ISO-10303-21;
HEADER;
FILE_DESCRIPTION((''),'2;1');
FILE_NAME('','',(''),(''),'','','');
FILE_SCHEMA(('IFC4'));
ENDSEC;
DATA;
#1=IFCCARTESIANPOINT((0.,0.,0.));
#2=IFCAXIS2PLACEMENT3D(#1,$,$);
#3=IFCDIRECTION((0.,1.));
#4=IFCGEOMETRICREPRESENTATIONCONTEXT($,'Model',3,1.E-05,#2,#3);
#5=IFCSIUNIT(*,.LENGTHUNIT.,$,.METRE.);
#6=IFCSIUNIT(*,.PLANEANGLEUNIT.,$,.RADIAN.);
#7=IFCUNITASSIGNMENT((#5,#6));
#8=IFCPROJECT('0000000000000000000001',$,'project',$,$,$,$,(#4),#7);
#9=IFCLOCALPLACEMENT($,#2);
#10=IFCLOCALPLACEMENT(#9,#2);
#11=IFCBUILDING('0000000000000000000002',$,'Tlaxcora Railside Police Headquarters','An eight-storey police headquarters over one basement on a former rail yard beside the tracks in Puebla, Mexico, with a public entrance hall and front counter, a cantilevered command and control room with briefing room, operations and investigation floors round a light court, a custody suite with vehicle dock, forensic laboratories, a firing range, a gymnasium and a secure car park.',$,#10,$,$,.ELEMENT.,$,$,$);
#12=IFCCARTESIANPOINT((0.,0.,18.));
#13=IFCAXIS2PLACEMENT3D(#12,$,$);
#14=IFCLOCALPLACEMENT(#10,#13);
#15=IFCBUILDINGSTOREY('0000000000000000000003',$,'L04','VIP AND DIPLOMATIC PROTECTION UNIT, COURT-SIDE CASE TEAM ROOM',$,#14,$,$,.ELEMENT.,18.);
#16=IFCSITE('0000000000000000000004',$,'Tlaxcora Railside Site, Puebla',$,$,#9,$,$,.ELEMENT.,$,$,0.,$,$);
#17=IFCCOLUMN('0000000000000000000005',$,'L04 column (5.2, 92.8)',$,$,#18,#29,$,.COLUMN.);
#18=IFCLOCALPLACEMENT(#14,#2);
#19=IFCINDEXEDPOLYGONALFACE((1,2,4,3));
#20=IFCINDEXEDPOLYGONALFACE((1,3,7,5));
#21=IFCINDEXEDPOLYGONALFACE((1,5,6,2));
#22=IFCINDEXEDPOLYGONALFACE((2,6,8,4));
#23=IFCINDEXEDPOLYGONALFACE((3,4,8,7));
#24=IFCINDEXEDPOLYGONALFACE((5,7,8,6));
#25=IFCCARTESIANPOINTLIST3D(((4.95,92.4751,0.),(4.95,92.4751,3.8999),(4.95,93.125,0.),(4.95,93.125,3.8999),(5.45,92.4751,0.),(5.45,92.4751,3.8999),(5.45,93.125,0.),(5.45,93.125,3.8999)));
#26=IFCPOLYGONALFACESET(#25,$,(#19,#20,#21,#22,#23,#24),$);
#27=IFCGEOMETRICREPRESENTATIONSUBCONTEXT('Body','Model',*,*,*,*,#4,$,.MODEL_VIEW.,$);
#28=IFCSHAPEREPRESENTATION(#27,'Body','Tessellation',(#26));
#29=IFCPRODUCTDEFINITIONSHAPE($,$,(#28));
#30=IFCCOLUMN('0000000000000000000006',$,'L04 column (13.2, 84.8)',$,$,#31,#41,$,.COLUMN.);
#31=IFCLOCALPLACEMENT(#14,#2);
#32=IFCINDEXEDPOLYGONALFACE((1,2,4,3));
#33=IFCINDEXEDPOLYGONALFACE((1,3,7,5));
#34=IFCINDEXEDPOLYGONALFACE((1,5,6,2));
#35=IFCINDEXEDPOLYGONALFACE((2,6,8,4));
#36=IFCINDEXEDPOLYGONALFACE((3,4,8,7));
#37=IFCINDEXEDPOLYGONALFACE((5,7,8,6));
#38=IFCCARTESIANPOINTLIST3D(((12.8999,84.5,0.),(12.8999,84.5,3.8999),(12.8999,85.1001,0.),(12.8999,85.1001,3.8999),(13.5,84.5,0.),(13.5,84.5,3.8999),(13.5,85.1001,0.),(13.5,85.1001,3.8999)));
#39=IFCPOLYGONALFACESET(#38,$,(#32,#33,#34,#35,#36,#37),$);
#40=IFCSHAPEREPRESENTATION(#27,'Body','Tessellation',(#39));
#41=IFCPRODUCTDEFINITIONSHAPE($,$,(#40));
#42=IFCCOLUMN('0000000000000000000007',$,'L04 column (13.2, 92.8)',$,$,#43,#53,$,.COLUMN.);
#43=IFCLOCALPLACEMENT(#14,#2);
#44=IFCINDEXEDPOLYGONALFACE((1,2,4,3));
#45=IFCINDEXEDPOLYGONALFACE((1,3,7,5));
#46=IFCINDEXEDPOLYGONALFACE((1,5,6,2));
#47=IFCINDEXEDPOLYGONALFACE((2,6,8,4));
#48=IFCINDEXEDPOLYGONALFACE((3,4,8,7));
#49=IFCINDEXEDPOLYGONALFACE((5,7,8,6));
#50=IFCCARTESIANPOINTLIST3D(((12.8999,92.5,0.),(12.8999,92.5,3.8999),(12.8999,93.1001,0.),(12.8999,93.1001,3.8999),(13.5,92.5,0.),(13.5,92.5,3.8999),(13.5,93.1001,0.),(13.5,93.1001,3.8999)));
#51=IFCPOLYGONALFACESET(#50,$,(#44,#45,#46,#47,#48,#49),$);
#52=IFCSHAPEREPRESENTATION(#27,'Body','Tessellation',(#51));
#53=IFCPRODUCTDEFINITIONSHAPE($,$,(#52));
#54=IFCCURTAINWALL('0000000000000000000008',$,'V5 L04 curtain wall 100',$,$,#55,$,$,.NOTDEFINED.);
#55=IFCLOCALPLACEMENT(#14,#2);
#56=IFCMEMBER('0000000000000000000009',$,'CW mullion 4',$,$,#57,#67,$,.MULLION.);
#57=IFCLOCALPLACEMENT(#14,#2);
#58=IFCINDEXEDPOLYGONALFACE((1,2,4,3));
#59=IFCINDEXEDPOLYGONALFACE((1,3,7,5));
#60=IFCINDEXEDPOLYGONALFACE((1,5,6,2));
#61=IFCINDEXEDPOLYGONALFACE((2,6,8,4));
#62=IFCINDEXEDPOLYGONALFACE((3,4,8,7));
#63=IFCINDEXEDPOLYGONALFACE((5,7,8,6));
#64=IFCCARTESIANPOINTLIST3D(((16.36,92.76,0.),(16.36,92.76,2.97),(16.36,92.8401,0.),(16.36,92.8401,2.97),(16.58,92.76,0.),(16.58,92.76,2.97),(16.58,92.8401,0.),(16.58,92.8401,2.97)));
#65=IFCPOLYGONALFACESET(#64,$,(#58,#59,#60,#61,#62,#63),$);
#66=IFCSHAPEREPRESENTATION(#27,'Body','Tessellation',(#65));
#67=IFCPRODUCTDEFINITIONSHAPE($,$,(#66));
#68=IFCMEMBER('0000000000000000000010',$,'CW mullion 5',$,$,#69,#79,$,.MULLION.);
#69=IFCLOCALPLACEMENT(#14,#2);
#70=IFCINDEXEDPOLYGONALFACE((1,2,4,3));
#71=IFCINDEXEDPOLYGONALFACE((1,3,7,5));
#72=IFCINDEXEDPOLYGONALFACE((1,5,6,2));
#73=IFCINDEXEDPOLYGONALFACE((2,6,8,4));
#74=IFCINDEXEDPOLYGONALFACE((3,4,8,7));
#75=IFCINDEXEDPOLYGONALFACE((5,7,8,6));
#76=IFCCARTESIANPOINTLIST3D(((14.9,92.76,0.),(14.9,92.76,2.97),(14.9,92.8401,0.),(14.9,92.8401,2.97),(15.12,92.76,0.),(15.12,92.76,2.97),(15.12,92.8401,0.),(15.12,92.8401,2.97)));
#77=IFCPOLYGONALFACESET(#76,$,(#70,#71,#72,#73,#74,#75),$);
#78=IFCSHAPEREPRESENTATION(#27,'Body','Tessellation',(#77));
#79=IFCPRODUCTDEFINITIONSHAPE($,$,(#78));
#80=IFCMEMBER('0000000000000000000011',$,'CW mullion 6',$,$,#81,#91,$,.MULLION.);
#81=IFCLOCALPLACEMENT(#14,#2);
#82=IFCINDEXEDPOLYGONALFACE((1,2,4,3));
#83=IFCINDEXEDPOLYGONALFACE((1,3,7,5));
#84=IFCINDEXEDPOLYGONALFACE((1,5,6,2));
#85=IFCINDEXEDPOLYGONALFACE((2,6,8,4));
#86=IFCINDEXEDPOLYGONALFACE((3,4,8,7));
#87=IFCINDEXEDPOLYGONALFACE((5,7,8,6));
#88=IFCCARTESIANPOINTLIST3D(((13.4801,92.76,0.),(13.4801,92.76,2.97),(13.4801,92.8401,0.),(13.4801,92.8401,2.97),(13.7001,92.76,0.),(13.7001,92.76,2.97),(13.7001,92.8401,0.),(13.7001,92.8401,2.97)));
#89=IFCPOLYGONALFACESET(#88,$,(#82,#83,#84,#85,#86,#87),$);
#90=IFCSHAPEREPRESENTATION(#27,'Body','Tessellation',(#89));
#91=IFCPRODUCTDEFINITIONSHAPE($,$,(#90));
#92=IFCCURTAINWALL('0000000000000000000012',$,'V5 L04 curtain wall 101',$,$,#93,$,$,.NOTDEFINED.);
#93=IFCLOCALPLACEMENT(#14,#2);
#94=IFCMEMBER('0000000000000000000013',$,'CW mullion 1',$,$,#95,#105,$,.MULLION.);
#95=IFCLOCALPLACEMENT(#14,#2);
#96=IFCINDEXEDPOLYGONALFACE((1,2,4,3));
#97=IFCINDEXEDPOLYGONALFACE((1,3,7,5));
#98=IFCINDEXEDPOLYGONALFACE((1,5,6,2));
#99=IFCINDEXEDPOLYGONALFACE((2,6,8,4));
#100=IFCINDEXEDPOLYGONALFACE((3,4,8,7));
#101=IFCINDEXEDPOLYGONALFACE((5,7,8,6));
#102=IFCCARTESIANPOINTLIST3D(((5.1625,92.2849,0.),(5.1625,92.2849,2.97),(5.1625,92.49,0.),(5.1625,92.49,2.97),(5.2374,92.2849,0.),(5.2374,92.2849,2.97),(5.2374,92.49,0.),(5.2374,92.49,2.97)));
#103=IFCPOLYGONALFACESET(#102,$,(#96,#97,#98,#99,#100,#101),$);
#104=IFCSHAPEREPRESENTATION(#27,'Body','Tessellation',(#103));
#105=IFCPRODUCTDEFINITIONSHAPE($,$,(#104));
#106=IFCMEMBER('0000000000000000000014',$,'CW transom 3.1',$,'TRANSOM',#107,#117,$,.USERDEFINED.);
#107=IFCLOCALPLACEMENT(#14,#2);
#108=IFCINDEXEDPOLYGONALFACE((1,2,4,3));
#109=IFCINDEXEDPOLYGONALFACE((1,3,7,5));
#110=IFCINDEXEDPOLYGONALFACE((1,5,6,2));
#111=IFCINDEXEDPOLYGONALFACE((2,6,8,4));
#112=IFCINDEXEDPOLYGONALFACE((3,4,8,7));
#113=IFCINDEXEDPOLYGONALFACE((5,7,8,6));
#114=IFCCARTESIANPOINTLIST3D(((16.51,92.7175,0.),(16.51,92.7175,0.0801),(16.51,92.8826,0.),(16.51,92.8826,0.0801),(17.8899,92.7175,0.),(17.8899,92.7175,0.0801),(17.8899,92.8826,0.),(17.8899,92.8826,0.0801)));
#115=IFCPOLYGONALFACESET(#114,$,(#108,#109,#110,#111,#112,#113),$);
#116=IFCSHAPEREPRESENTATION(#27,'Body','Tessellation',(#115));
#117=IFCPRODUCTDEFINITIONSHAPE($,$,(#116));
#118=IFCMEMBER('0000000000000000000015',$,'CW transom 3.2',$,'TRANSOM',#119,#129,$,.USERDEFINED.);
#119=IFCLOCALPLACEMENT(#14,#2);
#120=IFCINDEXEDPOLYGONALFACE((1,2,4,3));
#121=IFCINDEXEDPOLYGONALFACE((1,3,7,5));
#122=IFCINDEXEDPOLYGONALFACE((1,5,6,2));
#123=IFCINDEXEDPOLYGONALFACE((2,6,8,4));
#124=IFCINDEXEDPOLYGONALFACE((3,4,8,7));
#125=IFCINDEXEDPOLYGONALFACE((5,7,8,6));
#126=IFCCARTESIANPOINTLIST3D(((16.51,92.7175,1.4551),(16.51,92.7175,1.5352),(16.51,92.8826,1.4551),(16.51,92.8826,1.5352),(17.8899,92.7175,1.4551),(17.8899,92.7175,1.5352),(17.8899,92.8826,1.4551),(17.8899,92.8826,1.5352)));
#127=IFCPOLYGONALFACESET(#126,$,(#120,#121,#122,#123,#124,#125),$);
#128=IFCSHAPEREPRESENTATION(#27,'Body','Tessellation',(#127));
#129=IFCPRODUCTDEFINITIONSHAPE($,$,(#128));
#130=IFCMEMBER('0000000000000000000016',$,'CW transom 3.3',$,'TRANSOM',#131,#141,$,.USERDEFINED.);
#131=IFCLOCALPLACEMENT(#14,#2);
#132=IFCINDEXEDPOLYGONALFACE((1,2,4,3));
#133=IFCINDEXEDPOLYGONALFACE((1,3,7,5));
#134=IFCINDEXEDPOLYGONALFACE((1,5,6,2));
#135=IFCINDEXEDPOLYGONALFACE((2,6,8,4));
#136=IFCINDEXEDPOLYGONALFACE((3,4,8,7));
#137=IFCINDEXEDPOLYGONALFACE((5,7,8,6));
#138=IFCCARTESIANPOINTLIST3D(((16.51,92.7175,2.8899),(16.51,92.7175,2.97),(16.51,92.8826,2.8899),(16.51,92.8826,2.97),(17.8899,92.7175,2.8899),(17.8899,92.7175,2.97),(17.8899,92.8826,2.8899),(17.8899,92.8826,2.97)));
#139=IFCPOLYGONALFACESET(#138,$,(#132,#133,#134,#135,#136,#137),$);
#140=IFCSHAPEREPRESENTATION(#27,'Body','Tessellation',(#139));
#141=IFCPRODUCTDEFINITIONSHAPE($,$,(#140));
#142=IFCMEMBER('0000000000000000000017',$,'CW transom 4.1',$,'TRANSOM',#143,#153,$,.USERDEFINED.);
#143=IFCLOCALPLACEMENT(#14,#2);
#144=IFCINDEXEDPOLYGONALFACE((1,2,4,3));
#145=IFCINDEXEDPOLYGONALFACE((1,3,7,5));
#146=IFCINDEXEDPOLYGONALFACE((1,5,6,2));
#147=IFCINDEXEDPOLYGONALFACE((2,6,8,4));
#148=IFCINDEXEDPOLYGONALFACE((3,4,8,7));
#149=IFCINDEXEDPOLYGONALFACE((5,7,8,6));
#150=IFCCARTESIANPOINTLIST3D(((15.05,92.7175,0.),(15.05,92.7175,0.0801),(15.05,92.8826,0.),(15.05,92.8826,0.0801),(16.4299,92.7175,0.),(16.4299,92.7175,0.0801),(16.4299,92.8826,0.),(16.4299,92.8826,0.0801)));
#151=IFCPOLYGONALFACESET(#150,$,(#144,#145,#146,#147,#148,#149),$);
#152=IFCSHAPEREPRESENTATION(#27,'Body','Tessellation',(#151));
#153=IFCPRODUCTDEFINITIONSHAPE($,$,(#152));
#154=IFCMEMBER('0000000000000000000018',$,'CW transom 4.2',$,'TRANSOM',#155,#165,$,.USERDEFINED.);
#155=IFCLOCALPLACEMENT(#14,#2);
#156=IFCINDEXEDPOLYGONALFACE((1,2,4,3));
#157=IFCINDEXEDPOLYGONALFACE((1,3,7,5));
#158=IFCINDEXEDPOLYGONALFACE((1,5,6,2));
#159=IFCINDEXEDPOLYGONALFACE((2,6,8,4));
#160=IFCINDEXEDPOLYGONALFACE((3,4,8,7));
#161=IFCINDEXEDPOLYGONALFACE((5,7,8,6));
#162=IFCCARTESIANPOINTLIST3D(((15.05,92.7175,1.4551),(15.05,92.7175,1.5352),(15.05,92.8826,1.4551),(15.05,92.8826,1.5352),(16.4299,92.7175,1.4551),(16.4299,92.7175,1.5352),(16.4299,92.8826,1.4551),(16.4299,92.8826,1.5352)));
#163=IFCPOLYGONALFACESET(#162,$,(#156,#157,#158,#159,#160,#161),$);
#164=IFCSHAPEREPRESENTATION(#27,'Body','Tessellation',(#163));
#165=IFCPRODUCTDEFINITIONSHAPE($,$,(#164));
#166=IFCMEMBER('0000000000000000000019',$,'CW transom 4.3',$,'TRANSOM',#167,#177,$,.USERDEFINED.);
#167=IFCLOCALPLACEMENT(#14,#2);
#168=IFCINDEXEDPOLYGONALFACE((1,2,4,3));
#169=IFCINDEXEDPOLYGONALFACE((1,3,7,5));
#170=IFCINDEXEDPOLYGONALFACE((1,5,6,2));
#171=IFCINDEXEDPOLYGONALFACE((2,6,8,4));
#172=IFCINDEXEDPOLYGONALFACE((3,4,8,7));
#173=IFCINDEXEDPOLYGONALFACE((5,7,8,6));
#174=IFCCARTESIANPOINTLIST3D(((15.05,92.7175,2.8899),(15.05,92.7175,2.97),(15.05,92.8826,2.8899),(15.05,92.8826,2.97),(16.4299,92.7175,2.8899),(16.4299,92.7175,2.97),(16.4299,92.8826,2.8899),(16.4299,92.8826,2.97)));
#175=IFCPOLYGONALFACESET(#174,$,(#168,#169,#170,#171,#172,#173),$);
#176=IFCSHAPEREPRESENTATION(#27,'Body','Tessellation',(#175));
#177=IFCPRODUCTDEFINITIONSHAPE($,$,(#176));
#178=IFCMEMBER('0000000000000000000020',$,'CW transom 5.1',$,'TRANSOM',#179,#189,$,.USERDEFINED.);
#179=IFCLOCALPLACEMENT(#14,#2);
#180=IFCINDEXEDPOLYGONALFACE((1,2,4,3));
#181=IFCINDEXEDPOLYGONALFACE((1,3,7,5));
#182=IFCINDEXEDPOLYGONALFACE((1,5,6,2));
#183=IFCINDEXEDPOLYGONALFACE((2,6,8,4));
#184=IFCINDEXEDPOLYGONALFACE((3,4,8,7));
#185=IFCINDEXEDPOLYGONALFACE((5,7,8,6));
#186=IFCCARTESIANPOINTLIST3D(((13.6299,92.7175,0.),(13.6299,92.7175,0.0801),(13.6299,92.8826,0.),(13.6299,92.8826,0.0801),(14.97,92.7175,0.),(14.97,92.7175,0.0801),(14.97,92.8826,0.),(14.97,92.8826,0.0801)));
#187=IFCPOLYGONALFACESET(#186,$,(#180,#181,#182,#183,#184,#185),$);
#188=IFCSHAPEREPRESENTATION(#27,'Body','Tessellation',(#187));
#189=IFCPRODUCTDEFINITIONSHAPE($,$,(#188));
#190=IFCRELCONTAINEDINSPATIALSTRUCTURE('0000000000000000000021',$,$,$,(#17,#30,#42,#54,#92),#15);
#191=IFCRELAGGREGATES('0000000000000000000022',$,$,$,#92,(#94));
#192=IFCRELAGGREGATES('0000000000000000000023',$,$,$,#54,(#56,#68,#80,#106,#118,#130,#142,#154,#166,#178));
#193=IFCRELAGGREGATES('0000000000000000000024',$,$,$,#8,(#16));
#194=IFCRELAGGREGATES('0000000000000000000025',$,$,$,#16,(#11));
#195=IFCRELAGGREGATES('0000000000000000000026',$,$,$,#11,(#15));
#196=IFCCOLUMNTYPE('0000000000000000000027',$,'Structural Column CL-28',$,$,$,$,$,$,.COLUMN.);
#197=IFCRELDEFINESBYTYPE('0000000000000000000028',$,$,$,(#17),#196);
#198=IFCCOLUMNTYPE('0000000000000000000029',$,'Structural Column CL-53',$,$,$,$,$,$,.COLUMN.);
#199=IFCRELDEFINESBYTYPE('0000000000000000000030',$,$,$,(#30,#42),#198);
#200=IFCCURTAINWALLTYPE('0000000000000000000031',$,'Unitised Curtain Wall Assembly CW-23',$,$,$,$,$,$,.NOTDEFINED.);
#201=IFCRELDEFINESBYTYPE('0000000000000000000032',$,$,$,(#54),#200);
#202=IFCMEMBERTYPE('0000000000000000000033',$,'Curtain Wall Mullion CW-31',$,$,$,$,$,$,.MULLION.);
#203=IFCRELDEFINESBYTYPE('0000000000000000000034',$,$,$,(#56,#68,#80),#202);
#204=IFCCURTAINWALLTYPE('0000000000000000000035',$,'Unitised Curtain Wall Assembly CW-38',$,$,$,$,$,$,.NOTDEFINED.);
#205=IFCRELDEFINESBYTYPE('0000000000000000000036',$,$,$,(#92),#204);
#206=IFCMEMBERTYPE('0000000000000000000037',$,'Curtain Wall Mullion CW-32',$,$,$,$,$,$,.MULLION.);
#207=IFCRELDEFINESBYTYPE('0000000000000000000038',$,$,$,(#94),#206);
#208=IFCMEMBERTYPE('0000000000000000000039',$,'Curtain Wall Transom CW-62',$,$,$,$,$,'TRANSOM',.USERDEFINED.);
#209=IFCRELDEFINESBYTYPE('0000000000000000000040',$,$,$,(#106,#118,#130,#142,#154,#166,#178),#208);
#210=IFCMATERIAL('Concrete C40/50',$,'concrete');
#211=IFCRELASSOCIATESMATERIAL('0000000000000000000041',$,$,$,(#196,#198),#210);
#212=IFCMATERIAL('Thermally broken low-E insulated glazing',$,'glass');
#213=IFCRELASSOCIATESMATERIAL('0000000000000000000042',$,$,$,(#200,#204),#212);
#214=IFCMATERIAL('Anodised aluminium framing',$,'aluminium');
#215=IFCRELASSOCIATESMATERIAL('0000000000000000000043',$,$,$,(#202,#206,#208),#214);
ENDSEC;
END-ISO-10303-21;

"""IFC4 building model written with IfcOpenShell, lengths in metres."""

from ifc_helpers import new_model, si_unit, direction, frame, origin, origin_2d, place, context, subcontext, project, spatial, rectangle, extrude, material, material_profile, profile_set, type_object, element, aggregate, save


model = new_model("IFC4")

# Units and contexts
model_context = context("Model", 3, precision=1e-05, world=origin(), true_north=direction((0.0, 1.0)))
body_context = subcontext(model_context, "Body", "Model", "MODEL_VIEW")
ifc_project = project(units=[si_unit("LENGTHUNIT", "METRE"), si_unit("PLANEANGLEUNIT", "RADIAN")], contexts=[model_context])

# Site, building, storey
site_placement = place(None, origin())
site = spatial("IfcSite", under=ifc_project, at=site_placement, Name="Tlaxcora Railside Site, Puebla", CompositionType="ELEMENT", RefElevation=0.0)
building_placement = place(site_placement, origin())
building = spatial("IfcBuilding", under=site, at=building_placement, Name="Tlaxcora Railside Police Headquarters", Description="An eight-storey police headquarters over one basement on a former rail yard beside the tracks in Puebla, Mexico, with a public entrance hall and front counter, a cantilevered command and control room with briefing room, operations and investigation floors round a light court, a custody suite with vehicle dock, forensic laboratories, a firing range, a gymnasium and a secure car park.", CompositionType="ELEMENT")
storey_placement = place(building_placement, frame((0.0, 0.0, 18.0)))
storey = spatial("IfcBuildingStorey", under=building, at=storey_placement, Name="L04", Description="VIP AND DIPLOMATIC PROTECTION UNIT, COURT-SIDE CASE TEAM ROOM", CompositionType="ELEMENT", Elevation=18.0)

# Columns
ifc_material_1 = material(Name="Concrete C40/50", Category="concrete")
ifc_material_profile_1 = material_profile(ifc_material_1, rectangle(XDim=0.5, YDim=0.6499, at=origin_2d()), Name="RC500X650")
ifc_profile_set_1 = profile_set([ifc_material_profile_1], Name="Concrete C40/50")
column_type_1 = type_object("IfcColumnType", Name="Structural Column CL-28", PredefinedType="COLUMN", material=ifc_profile_set_1)
column_placement = place(storey_placement, frame((5.2, 92.8, 0.0), z_axis=(0.0, 0.0, 1.0), x_axis=(1.0, 0.0, 0.0)))
element("IfcColumn", 1, at=column_placement, inside=storey, type_object=column_type_1, Name="L04 column (5.2, 92.8)", PredefinedType="COLUMN", context=body_context, shape_type="SweptSolid", body=[
    extrude(rectangle(XDim=0.5, YDim=0.6499, at=origin_2d()), origin(), (0.0, 0.0, 1.0), 3.8999),
])
ifc_material_profile_2 = material_profile(ifc_material_1, rectangle(XDim=0.6001, YDim=0.6001, at=origin_2d()), Name="RC600X600")
ifc_profile_set_2 = profile_set([ifc_material_profile_2], Name="Concrete C40/50")
column_type_2 = type_object("IfcColumnType", Name="Structural Column CL-53", PredefinedType="COLUMN", material=ifc_profile_set_2)
for number, where, z_axis, x_axis, name in (
    (2, (13.2, 84.8, 0.0), (0.0, 0.0, 1.0), (1.0, 0.0, 0.0), "L04 column (13.2, 84.8)"),
    (3, (13.2, 92.8, 0.0), (0.0, 0.0, 1.0), (1.0, 0.0, 0.0), "L04 column (13.2, 92.8)"),
):
    element("IfcColumn", number, at=place(storey_placement, frame(where, z_axis=z_axis, x_axis=x_axis)), inside=storey, type_object=column_type_2, Name=name, PredefinedType="COLUMN", context=body_context, shape_type="SweptSolid", body=[
        extrude(rectangle(XDim=0.6001, YDim=0.6001, at=origin_2d()), origin(), (0.0, 0.0, 1.0), 3.8999),
    ])

# Curtain wall, members
ifc_material_2 = material(Name="Thermally broken low-E insulated glazing", Category="glass")
curtain_wall_type_1 = type_object("IfcCurtainWallType", Name="Unitised Curtain Wall Assembly CW-23", PredefinedType="NOTDEFINED", material=ifc_material_2)
curtain_wall_1_placement = place(storey_placement, origin())
curtain_wall_1 = element("IfcCurtainWall", 4, at=curtain_wall_1_placement, inside=storey, type_object=curtain_wall_type_1, Name="V5 L04 curtain wall 100", PredefinedType="NOTDEFINED")
ifc_material_3 = material(Name="Anodised aluminium framing", Category="aluminium")
ifc_material_profile_3 = material_profile(ifc_material_3, rectangle(XDim=0.0801, YDim=0.22, at=origin_2d()), Name="AL80X220")
ifc_profile_set_3 = profile_set([ifc_material_profile_3], Name="Anodised aluminium framing")
member_type_1 = type_object("IfcMemberType", Name="Curtain Wall Mullion CW-31", PredefinedType="MULLION", material=ifc_profile_set_3)
member_1_placement = place(storey_placement, frame((16.47, 92.8, 0.0), z_axis=(0.0, 0.0, 1.0), x_axis=(0.0, -1.0, 0.0)))
member_1 = element("IfcMember", 5, at=member_1_placement, type_object=member_type_1, Name="CW mullion 4", PredefinedType="MULLION", context=body_context, shape_type="SweptSolid", body=[
    extrude(rectangle(XDim=0.0801, YDim=0.22, at=origin_2d()), origin(), (0.0, 0.0, 1.0), 2.97),
])
member_2_placement = place(storey_placement, frame((15.01, 92.8, 0.0), z_axis=(0.0, 0.0, 1.0), x_axis=(0.0, -1.0, 0.0)))
member_2 = element("IfcMember", 6, at=member_2_placement, type_object=member_type_1, Name="CW mullion 5", PredefinedType="MULLION", context=body_context, shape_type="SweptSolid", body=[
    extrude(rectangle(XDim=0.0801, YDim=0.22, at=origin_2d()), origin(), (0.0, 0.0, 1.0), 2.97),
])
member_3_placement = place(storey_placement, frame((13.5901, 92.8, 0.0), z_axis=(0.0, 0.0, 1.0), x_axis=(0.0, -1.0, 0.0)))
member_3 = element("IfcMember", 7, at=member_3_placement, type_object=member_type_1, Name="CW mullion 6", PredefinedType="MULLION", context=body_context, shape_type="SweptSolid", body=[
    extrude(rectangle(XDim=0.0801, YDim=0.22, at=origin_2d()), origin(), (0.0, 0.0, 1.0), 2.97),
])

# Curtain wall, member
curtain_wall_type_2 = type_object("IfcCurtainWallType", Name="Unitised Curtain Wall Assembly CW-38", PredefinedType="NOTDEFINED", material=ifc_material_2)
curtain_wall_2_placement = place(storey_placement, origin())
curtain_wall_2 = element("IfcCurtainWall", 8, at=curtain_wall_2_placement, inside=storey, type_object=curtain_wall_type_2, Name="V5 L04 curtain wall 101", PredefinedType="NOTDEFINED")
ifc_material_profile_4 = material_profile(ifc_material_3, rectangle(XDim=0.075, YDim=0.2051, at=origin_2d()), Name="AL75X205")
ifc_profile_set_4 = profile_set([ifc_material_profile_4], Name="Anodised aluminium framing")
member_type_2 = type_object("IfcMemberType", Name="Curtain Wall Mullion CW-32", PredefinedType="MULLION", material=ifc_profile_set_4)
member_4_placement = place(storey_placement, frame((5.2, 92.3875, 0.0), z_axis=(0.0, 0.0, 1.0), x_axis=(1.0, 0.0, 0.0)))
member_4 = element("IfcMember", 9, at=member_4_placement, type_object=member_type_2, Name="CW mullion 1", PredefinedType="MULLION", context=body_context, shape_type="SweptSolid", body=[
    extrude(rectangle(XDim=0.075, YDim=0.2051, at=origin_2d()), origin(), (0.0, 0.0, 1.0), 2.97),
])
aggregate(curtain_wall_2, [member_4])

# Members
ifc_material_profile_5 = material_profile(ifc_material_3, rectangle(XDim=0.165, YDim=0.0801, at=origin_2d()), Name="AL80X165")
ifc_profile_set_5 = profile_set([ifc_material_profile_5], Name="Anodised aluminium framing")
member_type_3 = type_object("IfcMemberType", Name="Curtain Wall Transom CW-62", ElementType="TRANSOM", PredefinedType="USERDEFINED", material=ifc_profile_set_5)
member_5_placement = place(storey_placement, frame((17.8899, 92.8, 0.04), z_axis=(-1.0, 0.0, 0.0), x_axis=(0.0, -1.0, 0.0)))
member_5 = element("IfcMember", 10, at=member_5_placement, type_object=member_type_3, Name="CW transom 3.1", ObjectType="TRANSOM", PredefinedType="USERDEFINED", context=body_context, shape_type="SweptSolid", body=[
    extrude(rectangle(XDim=0.165, YDim=0.0801, at=origin_2d()), origin(), (0.0, 0.0, 1.0), 1.3799),
])
member_6_placement = place(storey_placement, frame((17.8899, 92.8, 1.4951), z_axis=(-1.0, 0.0, 0.0), x_axis=(0.0, -1.0, 0.0)))
member_6 = element("IfcMember", 11, at=member_6_placement, type_object=member_type_3, Name="CW transom 3.2", ObjectType="TRANSOM", PredefinedType="USERDEFINED", context=body_context, shape_type="SweptSolid", body=[
    extrude(rectangle(XDim=0.165, YDim=0.0801, at=origin_2d()), origin(), (0.0, 0.0, 1.0), 1.3799),
])
member_7_placement = place(storey_placement, frame((17.8899, 92.8, 2.9299), z_axis=(-1.0, 0.0, 0.0), x_axis=(0.0, -1.0, 0.0)))
member_7 = element("IfcMember", 12, at=member_7_placement, type_object=member_type_3, Name="CW transom 3.3", ObjectType="TRANSOM", PredefinedType="USERDEFINED", context=body_context, shape_type="SweptSolid", body=[
    extrude(rectangle(XDim=0.165, YDim=0.0801, at=origin_2d()), origin(), (0.0, 0.0, 1.0), 1.3799),
])
member_8_placement = place(storey_placement, frame((16.4299, 92.8, 0.04), z_axis=(-1.0, 0.0, 0.0), x_axis=(0.0, -1.0, 0.0)))
member_8 = element("IfcMember", 13, at=member_8_placement, type_object=member_type_3, Name="CW transom 4.1", ObjectType="TRANSOM", PredefinedType="USERDEFINED", context=body_context, shape_type="SweptSolid", body=[
    extrude(rectangle(XDim=0.165, YDim=0.0801, at=origin_2d()), origin(), (0.0, 0.0, 1.0), 1.3799),
])
member_9_placement = place(storey_placement, frame((16.4299, 92.8, 1.4951), z_axis=(-1.0, 0.0, 0.0), x_axis=(0.0, -1.0, 0.0)))
member_9 = element("IfcMember", 14, at=member_9_placement, type_object=member_type_3, Name="CW transom 4.2", ObjectType="TRANSOM", PredefinedType="USERDEFINED", context=body_context, shape_type="SweptSolid", body=[
    extrude(rectangle(XDim=0.165, YDim=0.0801, at=origin_2d()), origin(), (0.0, 0.0, 1.0), 1.3799),
])
member_10_placement = place(storey_placement, frame((16.4299, 92.8, 2.9299), z_axis=(-1.0, 0.0, 0.0), x_axis=(0.0, -1.0, 0.0)))
member_10 = element("IfcMember", 15, at=member_10_placement, type_object=member_type_3, Name="CW transom 4.3", ObjectType="TRANSOM", PredefinedType="USERDEFINED", context=body_context, shape_type="SweptSolid", body=[
    extrude(rectangle(XDim=0.165, YDim=0.0801, at=origin_2d()), origin(), (0.0, 0.0, 1.0), 1.3799),
])
member_11_placement = place(storey_placement, frame((14.97, 92.8, 0.04), z_axis=(-1.0, 0.0, 0.0), x_axis=(0.0, -1.0, 0.0)))
member_11 = element("IfcMember", 16, at=member_11_placement, type_object=member_type_3, Name="CW transom 5.1", ObjectType="TRANSOM", PredefinedType="USERDEFINED", context=body_context, shape_type="SweptSolid", body=[
    extrude(rectangle(XDim=0.165, YDim=0.0801, at=origin_2d()), origin(), (0.0, 0.0, 1.0), 1.3401),
])

aggregate(curtain_wall_1, [member_1, member_2, member_3, member_5, member_6, member_7, member_8, member_9, member_10, member_11])

save(model, "model.ifc")
